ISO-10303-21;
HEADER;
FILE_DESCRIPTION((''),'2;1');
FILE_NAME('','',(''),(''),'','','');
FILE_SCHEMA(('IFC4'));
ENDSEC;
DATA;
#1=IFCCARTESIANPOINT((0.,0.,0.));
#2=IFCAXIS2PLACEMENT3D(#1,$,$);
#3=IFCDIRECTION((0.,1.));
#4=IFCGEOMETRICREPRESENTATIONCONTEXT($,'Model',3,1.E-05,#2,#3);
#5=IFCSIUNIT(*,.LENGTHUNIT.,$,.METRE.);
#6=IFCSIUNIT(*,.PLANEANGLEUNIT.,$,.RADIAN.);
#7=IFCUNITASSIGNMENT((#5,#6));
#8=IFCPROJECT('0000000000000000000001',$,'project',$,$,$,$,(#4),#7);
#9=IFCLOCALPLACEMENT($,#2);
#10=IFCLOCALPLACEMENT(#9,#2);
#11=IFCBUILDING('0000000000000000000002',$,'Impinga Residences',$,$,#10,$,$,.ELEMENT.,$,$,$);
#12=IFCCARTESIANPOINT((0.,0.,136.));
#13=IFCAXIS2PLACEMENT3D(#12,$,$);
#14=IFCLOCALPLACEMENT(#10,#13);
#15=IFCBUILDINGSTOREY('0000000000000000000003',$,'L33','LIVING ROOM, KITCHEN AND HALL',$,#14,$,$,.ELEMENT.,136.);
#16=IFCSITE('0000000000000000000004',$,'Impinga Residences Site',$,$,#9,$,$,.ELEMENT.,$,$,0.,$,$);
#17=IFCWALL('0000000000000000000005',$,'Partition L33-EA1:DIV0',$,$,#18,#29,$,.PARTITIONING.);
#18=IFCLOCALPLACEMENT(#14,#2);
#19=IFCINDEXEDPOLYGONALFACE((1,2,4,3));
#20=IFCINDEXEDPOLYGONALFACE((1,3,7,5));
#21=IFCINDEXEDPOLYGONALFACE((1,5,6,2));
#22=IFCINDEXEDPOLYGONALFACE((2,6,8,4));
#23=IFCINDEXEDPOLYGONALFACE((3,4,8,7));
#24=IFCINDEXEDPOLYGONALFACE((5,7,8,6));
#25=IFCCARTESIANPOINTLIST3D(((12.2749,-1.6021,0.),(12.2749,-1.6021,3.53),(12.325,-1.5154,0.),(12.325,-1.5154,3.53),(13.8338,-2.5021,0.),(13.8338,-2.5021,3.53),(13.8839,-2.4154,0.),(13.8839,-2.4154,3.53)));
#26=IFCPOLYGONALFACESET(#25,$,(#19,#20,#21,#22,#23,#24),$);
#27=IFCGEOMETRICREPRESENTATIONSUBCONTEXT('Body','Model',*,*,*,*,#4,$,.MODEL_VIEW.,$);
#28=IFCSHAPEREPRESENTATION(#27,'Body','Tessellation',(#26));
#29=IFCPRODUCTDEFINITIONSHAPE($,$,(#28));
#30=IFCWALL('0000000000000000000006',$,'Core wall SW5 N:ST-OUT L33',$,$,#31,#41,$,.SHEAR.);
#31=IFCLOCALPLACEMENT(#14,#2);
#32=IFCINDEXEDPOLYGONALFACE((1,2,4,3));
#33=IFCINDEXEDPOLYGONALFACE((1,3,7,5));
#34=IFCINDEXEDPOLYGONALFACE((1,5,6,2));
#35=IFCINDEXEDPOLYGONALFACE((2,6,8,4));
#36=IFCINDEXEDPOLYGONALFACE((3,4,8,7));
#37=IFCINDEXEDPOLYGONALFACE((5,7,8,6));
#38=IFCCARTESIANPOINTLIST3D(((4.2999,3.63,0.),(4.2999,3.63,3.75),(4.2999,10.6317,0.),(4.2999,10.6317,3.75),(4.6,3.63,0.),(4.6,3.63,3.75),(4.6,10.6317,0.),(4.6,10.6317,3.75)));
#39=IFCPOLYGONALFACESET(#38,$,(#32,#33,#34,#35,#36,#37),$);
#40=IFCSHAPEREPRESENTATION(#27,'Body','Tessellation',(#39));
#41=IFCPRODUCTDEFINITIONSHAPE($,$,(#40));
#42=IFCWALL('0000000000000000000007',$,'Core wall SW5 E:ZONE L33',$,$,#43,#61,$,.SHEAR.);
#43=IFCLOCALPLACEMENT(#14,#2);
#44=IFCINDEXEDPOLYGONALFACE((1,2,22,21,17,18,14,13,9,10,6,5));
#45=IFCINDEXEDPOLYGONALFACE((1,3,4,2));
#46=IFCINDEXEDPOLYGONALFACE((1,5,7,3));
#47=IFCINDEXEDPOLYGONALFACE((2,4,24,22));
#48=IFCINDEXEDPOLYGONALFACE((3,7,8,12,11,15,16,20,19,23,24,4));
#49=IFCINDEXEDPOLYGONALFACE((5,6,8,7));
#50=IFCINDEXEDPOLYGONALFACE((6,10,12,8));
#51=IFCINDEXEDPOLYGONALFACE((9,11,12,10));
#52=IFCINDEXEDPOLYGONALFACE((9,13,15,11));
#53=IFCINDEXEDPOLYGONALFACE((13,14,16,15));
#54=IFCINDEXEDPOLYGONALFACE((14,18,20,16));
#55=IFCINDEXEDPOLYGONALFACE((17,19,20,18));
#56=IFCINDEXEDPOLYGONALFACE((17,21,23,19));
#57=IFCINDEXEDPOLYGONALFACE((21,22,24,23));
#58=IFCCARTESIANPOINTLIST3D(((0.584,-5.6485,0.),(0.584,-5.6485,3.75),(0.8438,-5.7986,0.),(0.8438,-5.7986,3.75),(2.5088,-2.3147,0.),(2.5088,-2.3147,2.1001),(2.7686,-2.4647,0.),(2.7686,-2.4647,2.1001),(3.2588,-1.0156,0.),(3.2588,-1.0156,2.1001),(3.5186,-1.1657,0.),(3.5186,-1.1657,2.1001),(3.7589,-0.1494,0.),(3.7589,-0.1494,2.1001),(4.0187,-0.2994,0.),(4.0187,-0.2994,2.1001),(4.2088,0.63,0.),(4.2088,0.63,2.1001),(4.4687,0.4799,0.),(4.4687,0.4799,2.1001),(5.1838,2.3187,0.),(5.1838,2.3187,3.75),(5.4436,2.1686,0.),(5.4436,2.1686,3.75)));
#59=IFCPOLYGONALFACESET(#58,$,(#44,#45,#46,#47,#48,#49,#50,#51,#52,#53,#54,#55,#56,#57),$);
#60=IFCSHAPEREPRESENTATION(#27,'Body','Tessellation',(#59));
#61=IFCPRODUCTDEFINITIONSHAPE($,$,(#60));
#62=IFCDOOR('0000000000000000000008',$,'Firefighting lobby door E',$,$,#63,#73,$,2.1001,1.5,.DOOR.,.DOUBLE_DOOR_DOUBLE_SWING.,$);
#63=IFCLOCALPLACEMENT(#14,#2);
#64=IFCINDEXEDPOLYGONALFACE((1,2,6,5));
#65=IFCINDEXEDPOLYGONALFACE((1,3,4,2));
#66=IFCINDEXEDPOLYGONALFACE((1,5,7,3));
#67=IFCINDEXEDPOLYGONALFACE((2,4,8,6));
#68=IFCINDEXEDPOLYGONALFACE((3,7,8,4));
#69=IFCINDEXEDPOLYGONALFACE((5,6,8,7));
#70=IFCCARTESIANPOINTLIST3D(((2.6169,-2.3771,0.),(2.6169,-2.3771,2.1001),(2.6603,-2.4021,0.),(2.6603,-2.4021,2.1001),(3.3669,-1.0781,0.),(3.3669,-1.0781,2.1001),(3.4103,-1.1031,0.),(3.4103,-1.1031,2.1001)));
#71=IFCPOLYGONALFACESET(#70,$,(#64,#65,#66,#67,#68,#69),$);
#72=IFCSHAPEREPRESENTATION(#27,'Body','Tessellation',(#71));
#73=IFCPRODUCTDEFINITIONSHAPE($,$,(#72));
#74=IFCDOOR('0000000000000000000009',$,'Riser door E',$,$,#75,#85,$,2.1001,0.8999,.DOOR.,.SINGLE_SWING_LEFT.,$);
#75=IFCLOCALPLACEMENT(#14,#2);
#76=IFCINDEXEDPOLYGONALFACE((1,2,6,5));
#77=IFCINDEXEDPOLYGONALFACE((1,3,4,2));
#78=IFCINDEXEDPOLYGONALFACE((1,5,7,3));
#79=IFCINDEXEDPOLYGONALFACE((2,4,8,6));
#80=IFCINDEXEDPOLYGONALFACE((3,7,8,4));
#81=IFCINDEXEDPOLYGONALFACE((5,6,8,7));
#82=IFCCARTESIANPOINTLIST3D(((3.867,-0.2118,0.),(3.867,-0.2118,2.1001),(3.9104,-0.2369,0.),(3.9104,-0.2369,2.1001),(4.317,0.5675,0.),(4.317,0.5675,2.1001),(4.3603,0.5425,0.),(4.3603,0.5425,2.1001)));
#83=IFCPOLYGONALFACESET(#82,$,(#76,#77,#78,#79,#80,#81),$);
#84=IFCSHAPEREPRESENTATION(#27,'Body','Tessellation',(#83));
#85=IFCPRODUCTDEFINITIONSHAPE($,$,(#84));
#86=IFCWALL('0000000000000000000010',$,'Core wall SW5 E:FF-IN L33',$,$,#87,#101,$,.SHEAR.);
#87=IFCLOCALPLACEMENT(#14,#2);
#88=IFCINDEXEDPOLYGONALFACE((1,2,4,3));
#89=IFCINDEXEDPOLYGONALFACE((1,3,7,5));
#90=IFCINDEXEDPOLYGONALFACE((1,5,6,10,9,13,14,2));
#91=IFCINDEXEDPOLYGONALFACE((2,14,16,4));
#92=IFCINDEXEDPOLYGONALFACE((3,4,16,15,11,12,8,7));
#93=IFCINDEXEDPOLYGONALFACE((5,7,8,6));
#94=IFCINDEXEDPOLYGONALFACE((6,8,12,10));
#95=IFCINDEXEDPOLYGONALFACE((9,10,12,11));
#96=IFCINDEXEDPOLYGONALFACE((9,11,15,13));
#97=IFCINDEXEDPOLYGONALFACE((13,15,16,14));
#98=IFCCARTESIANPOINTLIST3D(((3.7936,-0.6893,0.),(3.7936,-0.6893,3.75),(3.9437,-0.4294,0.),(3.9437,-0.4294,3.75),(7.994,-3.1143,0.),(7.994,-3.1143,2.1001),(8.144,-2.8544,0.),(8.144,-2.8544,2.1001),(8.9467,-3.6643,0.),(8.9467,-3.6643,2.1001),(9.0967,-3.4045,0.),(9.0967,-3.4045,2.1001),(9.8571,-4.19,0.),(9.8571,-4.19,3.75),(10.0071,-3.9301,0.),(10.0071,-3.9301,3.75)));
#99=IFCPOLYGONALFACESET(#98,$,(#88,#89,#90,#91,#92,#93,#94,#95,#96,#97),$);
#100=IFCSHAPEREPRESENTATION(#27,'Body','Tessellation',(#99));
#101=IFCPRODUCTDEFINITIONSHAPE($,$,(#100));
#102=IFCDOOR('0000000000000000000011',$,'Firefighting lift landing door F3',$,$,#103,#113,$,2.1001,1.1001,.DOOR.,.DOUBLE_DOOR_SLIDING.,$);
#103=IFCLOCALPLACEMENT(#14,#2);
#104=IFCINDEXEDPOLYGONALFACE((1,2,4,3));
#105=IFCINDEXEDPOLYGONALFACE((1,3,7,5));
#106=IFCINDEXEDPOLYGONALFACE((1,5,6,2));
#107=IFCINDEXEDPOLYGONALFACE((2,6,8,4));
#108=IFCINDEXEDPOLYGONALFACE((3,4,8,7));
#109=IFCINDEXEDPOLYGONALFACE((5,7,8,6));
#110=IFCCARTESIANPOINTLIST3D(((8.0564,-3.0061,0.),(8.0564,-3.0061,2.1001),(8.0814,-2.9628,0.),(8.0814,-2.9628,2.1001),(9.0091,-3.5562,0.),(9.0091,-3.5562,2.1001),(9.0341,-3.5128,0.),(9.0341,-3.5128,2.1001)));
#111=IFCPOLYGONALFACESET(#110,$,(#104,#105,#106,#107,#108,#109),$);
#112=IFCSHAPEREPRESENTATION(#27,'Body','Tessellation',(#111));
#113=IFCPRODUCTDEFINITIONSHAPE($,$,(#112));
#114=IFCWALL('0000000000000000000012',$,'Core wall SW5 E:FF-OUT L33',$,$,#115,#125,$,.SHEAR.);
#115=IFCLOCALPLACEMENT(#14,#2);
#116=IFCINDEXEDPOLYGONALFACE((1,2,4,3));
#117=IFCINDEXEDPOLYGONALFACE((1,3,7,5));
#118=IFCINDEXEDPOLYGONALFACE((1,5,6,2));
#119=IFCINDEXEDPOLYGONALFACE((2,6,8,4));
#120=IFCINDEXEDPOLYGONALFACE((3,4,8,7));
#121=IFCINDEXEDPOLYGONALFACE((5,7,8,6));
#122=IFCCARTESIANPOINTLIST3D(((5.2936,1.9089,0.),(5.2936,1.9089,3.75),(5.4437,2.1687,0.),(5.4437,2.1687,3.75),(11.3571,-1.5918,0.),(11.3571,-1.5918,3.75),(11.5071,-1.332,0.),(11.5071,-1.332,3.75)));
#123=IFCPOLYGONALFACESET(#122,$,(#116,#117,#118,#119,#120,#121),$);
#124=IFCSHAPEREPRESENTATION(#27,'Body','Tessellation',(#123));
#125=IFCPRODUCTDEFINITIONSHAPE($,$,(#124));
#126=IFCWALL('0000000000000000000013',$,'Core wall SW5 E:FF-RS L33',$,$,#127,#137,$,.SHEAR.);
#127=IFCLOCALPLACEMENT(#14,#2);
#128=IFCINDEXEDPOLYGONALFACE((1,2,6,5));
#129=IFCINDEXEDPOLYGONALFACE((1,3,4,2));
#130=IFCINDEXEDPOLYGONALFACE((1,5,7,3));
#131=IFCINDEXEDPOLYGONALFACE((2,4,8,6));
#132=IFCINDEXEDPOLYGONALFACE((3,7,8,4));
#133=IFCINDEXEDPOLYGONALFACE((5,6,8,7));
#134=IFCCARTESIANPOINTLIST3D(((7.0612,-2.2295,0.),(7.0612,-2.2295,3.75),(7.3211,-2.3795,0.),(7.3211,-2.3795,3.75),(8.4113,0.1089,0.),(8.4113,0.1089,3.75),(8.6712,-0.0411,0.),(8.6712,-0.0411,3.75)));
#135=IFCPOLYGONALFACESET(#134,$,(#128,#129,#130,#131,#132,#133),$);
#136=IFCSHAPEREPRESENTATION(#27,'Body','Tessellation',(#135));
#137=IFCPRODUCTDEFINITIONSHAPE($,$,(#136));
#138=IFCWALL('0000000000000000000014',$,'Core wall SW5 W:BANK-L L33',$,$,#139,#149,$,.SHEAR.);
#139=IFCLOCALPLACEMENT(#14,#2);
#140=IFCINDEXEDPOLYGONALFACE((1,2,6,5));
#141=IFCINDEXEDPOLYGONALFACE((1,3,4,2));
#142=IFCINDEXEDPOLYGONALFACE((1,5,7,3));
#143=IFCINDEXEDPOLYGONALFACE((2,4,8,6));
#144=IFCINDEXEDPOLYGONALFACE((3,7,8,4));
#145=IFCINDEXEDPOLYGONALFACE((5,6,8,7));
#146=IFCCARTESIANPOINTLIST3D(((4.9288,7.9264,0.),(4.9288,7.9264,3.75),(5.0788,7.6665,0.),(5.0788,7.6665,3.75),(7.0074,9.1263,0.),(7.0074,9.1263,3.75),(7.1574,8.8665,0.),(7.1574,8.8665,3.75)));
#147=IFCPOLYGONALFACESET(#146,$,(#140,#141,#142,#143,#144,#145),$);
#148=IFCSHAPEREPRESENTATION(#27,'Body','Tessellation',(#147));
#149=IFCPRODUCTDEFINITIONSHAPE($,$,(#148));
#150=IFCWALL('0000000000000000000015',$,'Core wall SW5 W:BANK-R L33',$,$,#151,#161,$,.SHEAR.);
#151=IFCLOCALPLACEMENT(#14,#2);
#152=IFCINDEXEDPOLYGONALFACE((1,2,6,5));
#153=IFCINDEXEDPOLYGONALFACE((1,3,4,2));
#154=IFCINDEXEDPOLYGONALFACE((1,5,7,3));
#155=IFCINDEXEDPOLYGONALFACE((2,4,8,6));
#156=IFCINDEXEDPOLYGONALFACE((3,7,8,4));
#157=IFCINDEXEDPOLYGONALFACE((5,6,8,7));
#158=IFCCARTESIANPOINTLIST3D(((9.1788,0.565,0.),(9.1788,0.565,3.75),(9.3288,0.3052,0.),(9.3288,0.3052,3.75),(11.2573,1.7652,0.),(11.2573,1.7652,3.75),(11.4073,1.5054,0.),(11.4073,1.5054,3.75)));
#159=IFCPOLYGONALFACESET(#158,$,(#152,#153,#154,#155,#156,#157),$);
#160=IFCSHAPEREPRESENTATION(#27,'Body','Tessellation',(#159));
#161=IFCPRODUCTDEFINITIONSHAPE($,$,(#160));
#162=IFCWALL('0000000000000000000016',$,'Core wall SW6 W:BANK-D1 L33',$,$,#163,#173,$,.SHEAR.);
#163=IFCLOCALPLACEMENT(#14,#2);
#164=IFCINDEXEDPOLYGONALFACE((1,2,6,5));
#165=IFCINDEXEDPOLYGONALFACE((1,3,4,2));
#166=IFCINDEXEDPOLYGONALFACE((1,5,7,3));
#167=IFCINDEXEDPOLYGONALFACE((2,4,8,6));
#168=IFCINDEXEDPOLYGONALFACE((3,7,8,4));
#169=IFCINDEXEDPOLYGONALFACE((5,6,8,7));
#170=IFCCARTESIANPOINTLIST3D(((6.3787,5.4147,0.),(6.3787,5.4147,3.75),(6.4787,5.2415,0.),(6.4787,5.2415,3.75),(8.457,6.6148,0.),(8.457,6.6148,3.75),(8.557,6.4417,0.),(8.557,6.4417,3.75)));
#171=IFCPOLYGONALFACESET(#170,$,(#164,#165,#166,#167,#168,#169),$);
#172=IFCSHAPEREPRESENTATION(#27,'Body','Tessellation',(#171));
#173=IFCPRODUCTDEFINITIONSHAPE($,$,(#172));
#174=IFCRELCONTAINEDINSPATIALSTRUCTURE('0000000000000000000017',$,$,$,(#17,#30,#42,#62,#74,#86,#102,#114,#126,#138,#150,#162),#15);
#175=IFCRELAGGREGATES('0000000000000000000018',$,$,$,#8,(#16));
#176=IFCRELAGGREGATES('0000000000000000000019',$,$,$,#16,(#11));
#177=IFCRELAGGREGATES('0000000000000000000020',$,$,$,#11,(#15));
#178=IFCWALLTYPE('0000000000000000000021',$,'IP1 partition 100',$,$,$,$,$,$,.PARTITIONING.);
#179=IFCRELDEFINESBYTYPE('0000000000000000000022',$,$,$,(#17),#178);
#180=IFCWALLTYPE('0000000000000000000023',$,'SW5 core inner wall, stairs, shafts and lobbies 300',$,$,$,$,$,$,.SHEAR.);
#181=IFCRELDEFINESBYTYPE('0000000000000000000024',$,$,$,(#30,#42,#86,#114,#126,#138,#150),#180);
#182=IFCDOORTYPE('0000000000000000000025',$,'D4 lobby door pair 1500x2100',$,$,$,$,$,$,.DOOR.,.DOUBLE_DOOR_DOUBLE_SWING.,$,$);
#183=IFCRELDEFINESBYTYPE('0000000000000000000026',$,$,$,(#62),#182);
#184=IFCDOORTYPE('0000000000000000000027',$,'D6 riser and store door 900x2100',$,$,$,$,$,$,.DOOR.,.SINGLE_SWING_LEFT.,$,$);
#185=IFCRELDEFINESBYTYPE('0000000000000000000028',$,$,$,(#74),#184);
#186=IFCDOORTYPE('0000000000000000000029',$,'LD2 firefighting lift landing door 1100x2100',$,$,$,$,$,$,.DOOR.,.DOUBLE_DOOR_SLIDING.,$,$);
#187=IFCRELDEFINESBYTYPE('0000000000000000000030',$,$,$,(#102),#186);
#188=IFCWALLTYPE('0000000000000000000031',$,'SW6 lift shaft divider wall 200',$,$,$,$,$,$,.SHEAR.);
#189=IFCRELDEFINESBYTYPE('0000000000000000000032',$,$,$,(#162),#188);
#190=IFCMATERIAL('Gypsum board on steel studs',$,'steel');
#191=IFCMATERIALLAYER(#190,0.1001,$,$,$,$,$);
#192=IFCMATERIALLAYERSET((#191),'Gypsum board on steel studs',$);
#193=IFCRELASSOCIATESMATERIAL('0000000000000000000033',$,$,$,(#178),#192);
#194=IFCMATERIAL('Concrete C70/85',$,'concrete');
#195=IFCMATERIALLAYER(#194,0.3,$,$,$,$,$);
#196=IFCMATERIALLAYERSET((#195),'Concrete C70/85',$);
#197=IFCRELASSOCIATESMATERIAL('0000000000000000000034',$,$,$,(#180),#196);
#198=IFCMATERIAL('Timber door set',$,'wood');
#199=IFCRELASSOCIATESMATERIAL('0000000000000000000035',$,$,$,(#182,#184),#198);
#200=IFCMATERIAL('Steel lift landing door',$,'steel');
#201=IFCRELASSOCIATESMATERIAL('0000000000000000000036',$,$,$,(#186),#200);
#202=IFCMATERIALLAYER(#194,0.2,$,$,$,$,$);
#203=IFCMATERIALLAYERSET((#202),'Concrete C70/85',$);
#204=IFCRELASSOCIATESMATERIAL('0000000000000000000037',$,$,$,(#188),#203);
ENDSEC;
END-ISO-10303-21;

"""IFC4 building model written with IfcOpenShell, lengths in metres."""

from ifc_helpers import new_model, si_unit, direction, frame, frame_2d, origin, place, context, subcontext, project, spatial, rectangle, extrude, material, layer, layer_set, type_object, element, fill, save


model = new_model("IFC4")

# Units and contexts
model_context = context("Model", 3, precision=1e-05, world=origin(), true_north=direction((0.0, 1.0)))
body_context = subcontext(model_context, "Body", "Model", "MODEL_VIEW")
ifc_project = project(units=[si_unit("LENGTHUNIT", "METRE"), si_unit("PLANEANGLEUNIT", "RADIAN")], contexts=[model_context])

# Site, building, storey
site_placement = place(None, origin())
site = spatial("IfcSite", under=ifc_project, at=site_placement, Name="Impinga Residences Site", CompositionType="ELEMENT", RefElevation=0.0)
building_placement = place(site_placement, origin())
building = spatial("IfcBuilding", under=site, at=building_placement, Name="Impinga Residences", CompositionType="ELEMENT")
storey_placement = place(building_placement, frame((0.0, 0.0, 136.0)))
storey = spatial("IfcBuildingStorey", under=building, at=storey_placement, Name="L33", Description="LIVING ROOM, KITCHEN AND HALL", CompositionType="ELEMENT", Elevation=136.0)

# Walls
ifc_material_1 = material(Name="Gypsum board on steel studs", Category="steel")
ifc_layer_1 = layer(ifc_material_1, 0.1001)
ifc_layer_set_1 = layer_set([ifc_layer_1], Name="Gypsum board on steel studs")
wall_type_1 = type_object("IfcWallType", Name="IP1 partition 100", PredefinedType="PARTITIONING", material=ifc_layer_set_1)
wall_1_placement = place(storey_placement, frame((12.3, -1.5588, 0.0), z_axis=(0.0, 0.0, 1.0), x_axis=(0.866048, -0.499961, 0.0)))
element("IfcWall", 1, at=wall_1_placement, inside=storey, type_object=wall_type_1, Name="Partition L33-EA1:DIV0", PredefinedType="PARTITIONING", context=body_context, shape_type="SweptSolid", body=[
    extrude(rectangle(XDim=1.8, YDim=0.1001, at=frame_2d((0.8999, 0.0))), origin(), (0.0, 0.0, 1.0), 3.53),
])
ifc_material_2 = material(Name="Concrete C70/85", Category="concrete")
ifc_layer_2 = layer(ifc_material_2, 0.3)
ifc_layer_set_2 = layer_set([ifc_layer_2], Name="Concrete C70/85")
wall_type_2 = type_object("IfcWallType", Name="SW5 core inner wall, stairs, shafts and lobbies 300", PredefinedType="SHEAR", material=ifc_layer_set_2)
wall_2_placement = place(storey_placement, frame((4.45, 3.6299, 0.0), z_axis=(0.0, 0.0, 1.0), x_axis=(0.0, 1.0, 0.0)))
element("IfcWall", 2, at=wall_2_placement, inside=storey, type_object=wall_type_2, Name="Core wall SW5 N:ST-OUT L33", PredefinedType="SHEAR", context=body_context, shape_type="SweptSolid", body=[
    extrude(rectangle(XDim=7.0017, YDim=0.3, at=frame_2d((3.501, 0.0))), origin(), (0.0, 0.0, 1.0), 3.75),
])

# Wall, openings, doors
wall_3_placement = place(storey_placement, frame((5.3137, 2.2437, 0.0), z_axis=(0.0, 0.0, 1.0), x_axis=(-0.499995, -0.866028, 0.0)))
wall_3 = element("IfcWall", 3, at=wall_3_placement, inside=storey, type_object=wall_type_2, Name="Core wall SW5 E:ZONE L33", PredefinedType="SHEAR", context=body_context, shape_type="SweptSolid", body=[
    extrude(rectangle(XDim=9.1997, YDim=0.3, at=frame_2d((4.5999, 0.0))), origin(), (0.0, 0.0, 1.0), 3.75),
])
opening_1_placement = place(wall_3_placement, frame((3.8501, 0.0, 0.0)))
opening_1 = element("IfcOpeningElement", 4, at=opening_1_placement, cuts=wall_3, PredefinedType="OPENING", context=body_context, shape_type="SweptSolid", body=[
    extrude(rectangle(XDim=1.5, YDim=2.1001, at=frame_2d((0.75, 1.05))), frame((0.0, 0.1599, 0.0), z_axis=(0.0, -1.0, 0.0), x_axis=(1.0, 0.0, 0.0)), (0.0, 0.0, 1.0), 0.3201),
])
opening_2_placement = place(wall_3_placement, frame((1.95, 0.0, 0.0)))
opening_2 = element("IfcOpeningElement", 5, at=opening_2_placement, cuts=wall_3, PredefinedType="OPENING", context=body_context, shape_type="SweptSolid", body=[
    extrude(rectangle(XDim=0.8999, YDim=2.1001, at=frame_2d((0.45, 1.05))), frame((0.0, 0.1599, 0.0), z_axis=(0.0, -1.0, 0.0), x_axis=(1.0, 0.0, 0.0)), (0.0, 0.0, 1.0), 0.3201),
])
ifc_material_3 = material(Name="Timber door set", Category="wood")
door_type_1 = type_object("IfcDoorType", Name="D4 lobby door pair 1500x2100", OperationType="DOUBLE_DOOR_DOUBLE_SWING", PredefinedType="DOOR", material=ifc_material_3)
door_1_placement = place(opening_1_placement, origin())
door_1 = element("IfcDoor", 6, at=door_1_placement, inside=storey, type_object=door_type_1, Name="Firefighting lobby door E", OperationType="DOUBLE_DOOR_DOUBLE_SWING", OverallHeight=2.1001, OverallWidth=1.5, PredefinedType="DOOR", context=body_context, shape_type="SweptSolid", body=[
    extrude(rectangle(XDim=1.5, YDim=2.1001, at=frame_2d((0.75, 1.05))), frame((0.0, 0.0249, 0.0), z_axis=(0.0, -1.0, 0.0), x_axis=(1.0, 0.0, 0.0)), (0.0, 0.0, 1.0), 0.05),
])
fill(opening_1, door_1)
door_type_2 = type_object("IfcDoorType", Name="D6 riser and store door 900x2100", OperationType="SINGLE_SWING_LEFT", PredefinedType="DOOR", material=ifc_material_3)
door_2_placement = place(opening_2_placement, origin())
door_2 = element("IfcDoor", 7, at=door_2_placement, inside=storey, type_object=door_type_2, Name="Riser door E", OperationType="SINGLE_SWING_LEFT", OverallHeight=2.1001, OverallWidth=0.8999, PredefinedType="DOOR", context=body_context, shape_type="SweptSolid", body=[
    extrude(rectangle(XDim=0.8999, YDim=2.1001, at=frame_2d((0.45, 1.05))), frame((0.0, 0.0249, 0.0), z_axis=(0.0, -1.0, 0.0), x_axis=(1.0, 0.0, 0.0)), (0.0, 0.0, 1.0), 0.05),
])
fill(opening_2, door_2)

# Wall, opening, door
wall_4_placement = place(storey_placement, frame((3.8687, -0.5593, 0.0), z_axis=(0.0, 0.0, 1.0), x_axis=(0.866026, -0.499998, 0.0)))
wall_4 = element("IfcWall", 8, at=wall_4_placement, inside=storey, type_object=wall_type_2, Name="Core wall SW5 E:FF-IN L33", PredefinedType="SHEAR", context=body_context, shape_type="SweptSolid", body=[
    extrude(rectangle(XDim=7.0015, YDim=0.3, at=frame_2d((3.5007, 0.0))), origin(), (0.0, 0.0, 1.0), 3.75),
])
opening_3_placement = place(wall_4_placement, frame((4.8501, 0.0, 0.0)))
opening_3 = element("IfcOpeningElement", 9, at=opening_3_placement, cuts=wall_4, PredefinedType="OPENING", context=body_context, shape_type="SweptSolid", body=[
    extrude(rectangle(XDim=1.1001, YDim=2.1001, at=frame_2d((0.55, 1.05))), frame((0.0, 0.1599, 0.0), z_axis=(0.0, -1.0, 0.0), x_axis=(1.0, 0.0, 0.0)), (0.0, 0.0, 1.0), 0.3201),
])
ifc_material_4 = material(Name="Steel lift landing door", Category="steel")
door_type_3 = type_object("IfcDoorType", Name="LD2 firefighting lift landing door 1100x2100", OperationType="DOUBLE_DOOR_SLIDING", PredefinedType="DOOR", material=ifc_material_4)
door_3_placement = place(opening_3_placement, origin())
door_3 = element("IfcDoor", 10, at=door_3_placement, inside=storey, type_object=door_type_3, Name="Firefighting lift landing door F3", OperationType="DOUBLE_DOOR_SLIDING", OverallHeight=2.1001, OverallWidth=1.1001, PredefinedType="DOOR", context=body_context, shape_type="SweptSolid", body=[
    extrude(rectangle(XDim=1.1001, YDim=2.1001, at=frame_2d((0.55, 1.05))), frame((0.0, 0.0249, 0.0), z_axis=(0.0, -1.0, 0.0), x_axis=(1.0, 0.0, 0.0)), (0.0, 0.0, 1.0), 0.05),
])
fill(opening_3, door_3)

# Walls
wall_5_placement = place(storey_placement, frame((5.3687, 2.0388, 0.0), z_axis=(0.0, 0.0, 1.0), x_axis=(0.866026, -0.499998, 0.0)))
element("IfcWall", 11, at=wall_5_placement, inside=storey, type_object=wall_type_2, Name="Core wall SW5 E:FF-OUT L33", PredefinedType="SHEAR", context=body_context, shape_type="SweptSolid", body=[
    extrude(rectangle(XDim=7.0015, YDim=0.3, at=frame_2d((3.5007, 0.0))), origin(), (0.0, 0.0, 1.0), 3.75),
])
wall_6_placement = place(storey_placement, frame((8.5413, 0.0339, 0.0), z_axis=(0.0, 0.0, 1.0), x_axis=(-0.500009, -0.86602, 0.0)))
element("IfcWall", 12, at=wall_6_placement, inside=storey, type_object=wall_type_2, Name="Core wall SW5 E:FF-RS L33", PredefinedType="SHEAR", context=body_context, shape_type="SweptSolid", body=[
    extrude(rectangle(XDim=2.7002, YDim=0.3, at=frame_2d((1.3501, 0.0))), origin(), (0.0, 0.0, 1.0), 3.75),
])
for number, where, z_axis, x_axis, name in (
    (13, (5.0037, 7.7964, 0.0), (0.0, 0.0, 1.0), (0.86605, 0.499957, 0.0), "Core wall SW5 W:BANK-L L33"),
    (14, (9.2537, 0.4351, 0.0), (0.0, 0.0, 1.0), (0.866006, 0.500034, 0.0), "Core wall SW5 W:BANK-R L33"),
):
    element("IfcWall", number, at=place(storey_placement, frame(where, z_axis=z_axis, x_axis=x_axis)), inside=storey, type_object=wall_type_2, Name=name, PredefinedType="SHEAR", context=body_context, shape_type="SweptSolid", body=[
        extrude(rectangle(XDim=2.4001, YDim=0.3, at=frame_2d((1.2002, 0.0))), origin(), (0.0, 0.0, 1.0), 3.75),
    ])
ifc_layer_3 = layer(ifc_material_2, 0.2)
ifc_layer_set_3 = layer_set([ifc_layer_3], Name="Concrete C70/85")
wall_type_3 = type_object("IfcWallType", Name="SW6 lift shaft divider wall 200", PredefinedType="SHEAR", material=ifc_layer_set_3)
wall_7_placement = place(storey_placement, frame((6.4287, 5.3281, 0.0), z_axis=(0.0, 0.0, 1.0), x_axis=(0.865981, 0.500078, 0.0)))
element("IfcWall", 15, at=wall_7_placement, inside=storey, type_object=wall_type_3, Name="Core wall SW6 W:BANK-D1 L33", PredefinedType="SHEAR", context=body_context, shape_type="SweptSolid", body=[
    extrude(rectangle(XDim=2.3999, YDim=0.2, at=frame_2d((1.2, 0.0))), origin(), (0.0, 0.0, 1.0), 3.75),
])

save(model, "model.ifc")
